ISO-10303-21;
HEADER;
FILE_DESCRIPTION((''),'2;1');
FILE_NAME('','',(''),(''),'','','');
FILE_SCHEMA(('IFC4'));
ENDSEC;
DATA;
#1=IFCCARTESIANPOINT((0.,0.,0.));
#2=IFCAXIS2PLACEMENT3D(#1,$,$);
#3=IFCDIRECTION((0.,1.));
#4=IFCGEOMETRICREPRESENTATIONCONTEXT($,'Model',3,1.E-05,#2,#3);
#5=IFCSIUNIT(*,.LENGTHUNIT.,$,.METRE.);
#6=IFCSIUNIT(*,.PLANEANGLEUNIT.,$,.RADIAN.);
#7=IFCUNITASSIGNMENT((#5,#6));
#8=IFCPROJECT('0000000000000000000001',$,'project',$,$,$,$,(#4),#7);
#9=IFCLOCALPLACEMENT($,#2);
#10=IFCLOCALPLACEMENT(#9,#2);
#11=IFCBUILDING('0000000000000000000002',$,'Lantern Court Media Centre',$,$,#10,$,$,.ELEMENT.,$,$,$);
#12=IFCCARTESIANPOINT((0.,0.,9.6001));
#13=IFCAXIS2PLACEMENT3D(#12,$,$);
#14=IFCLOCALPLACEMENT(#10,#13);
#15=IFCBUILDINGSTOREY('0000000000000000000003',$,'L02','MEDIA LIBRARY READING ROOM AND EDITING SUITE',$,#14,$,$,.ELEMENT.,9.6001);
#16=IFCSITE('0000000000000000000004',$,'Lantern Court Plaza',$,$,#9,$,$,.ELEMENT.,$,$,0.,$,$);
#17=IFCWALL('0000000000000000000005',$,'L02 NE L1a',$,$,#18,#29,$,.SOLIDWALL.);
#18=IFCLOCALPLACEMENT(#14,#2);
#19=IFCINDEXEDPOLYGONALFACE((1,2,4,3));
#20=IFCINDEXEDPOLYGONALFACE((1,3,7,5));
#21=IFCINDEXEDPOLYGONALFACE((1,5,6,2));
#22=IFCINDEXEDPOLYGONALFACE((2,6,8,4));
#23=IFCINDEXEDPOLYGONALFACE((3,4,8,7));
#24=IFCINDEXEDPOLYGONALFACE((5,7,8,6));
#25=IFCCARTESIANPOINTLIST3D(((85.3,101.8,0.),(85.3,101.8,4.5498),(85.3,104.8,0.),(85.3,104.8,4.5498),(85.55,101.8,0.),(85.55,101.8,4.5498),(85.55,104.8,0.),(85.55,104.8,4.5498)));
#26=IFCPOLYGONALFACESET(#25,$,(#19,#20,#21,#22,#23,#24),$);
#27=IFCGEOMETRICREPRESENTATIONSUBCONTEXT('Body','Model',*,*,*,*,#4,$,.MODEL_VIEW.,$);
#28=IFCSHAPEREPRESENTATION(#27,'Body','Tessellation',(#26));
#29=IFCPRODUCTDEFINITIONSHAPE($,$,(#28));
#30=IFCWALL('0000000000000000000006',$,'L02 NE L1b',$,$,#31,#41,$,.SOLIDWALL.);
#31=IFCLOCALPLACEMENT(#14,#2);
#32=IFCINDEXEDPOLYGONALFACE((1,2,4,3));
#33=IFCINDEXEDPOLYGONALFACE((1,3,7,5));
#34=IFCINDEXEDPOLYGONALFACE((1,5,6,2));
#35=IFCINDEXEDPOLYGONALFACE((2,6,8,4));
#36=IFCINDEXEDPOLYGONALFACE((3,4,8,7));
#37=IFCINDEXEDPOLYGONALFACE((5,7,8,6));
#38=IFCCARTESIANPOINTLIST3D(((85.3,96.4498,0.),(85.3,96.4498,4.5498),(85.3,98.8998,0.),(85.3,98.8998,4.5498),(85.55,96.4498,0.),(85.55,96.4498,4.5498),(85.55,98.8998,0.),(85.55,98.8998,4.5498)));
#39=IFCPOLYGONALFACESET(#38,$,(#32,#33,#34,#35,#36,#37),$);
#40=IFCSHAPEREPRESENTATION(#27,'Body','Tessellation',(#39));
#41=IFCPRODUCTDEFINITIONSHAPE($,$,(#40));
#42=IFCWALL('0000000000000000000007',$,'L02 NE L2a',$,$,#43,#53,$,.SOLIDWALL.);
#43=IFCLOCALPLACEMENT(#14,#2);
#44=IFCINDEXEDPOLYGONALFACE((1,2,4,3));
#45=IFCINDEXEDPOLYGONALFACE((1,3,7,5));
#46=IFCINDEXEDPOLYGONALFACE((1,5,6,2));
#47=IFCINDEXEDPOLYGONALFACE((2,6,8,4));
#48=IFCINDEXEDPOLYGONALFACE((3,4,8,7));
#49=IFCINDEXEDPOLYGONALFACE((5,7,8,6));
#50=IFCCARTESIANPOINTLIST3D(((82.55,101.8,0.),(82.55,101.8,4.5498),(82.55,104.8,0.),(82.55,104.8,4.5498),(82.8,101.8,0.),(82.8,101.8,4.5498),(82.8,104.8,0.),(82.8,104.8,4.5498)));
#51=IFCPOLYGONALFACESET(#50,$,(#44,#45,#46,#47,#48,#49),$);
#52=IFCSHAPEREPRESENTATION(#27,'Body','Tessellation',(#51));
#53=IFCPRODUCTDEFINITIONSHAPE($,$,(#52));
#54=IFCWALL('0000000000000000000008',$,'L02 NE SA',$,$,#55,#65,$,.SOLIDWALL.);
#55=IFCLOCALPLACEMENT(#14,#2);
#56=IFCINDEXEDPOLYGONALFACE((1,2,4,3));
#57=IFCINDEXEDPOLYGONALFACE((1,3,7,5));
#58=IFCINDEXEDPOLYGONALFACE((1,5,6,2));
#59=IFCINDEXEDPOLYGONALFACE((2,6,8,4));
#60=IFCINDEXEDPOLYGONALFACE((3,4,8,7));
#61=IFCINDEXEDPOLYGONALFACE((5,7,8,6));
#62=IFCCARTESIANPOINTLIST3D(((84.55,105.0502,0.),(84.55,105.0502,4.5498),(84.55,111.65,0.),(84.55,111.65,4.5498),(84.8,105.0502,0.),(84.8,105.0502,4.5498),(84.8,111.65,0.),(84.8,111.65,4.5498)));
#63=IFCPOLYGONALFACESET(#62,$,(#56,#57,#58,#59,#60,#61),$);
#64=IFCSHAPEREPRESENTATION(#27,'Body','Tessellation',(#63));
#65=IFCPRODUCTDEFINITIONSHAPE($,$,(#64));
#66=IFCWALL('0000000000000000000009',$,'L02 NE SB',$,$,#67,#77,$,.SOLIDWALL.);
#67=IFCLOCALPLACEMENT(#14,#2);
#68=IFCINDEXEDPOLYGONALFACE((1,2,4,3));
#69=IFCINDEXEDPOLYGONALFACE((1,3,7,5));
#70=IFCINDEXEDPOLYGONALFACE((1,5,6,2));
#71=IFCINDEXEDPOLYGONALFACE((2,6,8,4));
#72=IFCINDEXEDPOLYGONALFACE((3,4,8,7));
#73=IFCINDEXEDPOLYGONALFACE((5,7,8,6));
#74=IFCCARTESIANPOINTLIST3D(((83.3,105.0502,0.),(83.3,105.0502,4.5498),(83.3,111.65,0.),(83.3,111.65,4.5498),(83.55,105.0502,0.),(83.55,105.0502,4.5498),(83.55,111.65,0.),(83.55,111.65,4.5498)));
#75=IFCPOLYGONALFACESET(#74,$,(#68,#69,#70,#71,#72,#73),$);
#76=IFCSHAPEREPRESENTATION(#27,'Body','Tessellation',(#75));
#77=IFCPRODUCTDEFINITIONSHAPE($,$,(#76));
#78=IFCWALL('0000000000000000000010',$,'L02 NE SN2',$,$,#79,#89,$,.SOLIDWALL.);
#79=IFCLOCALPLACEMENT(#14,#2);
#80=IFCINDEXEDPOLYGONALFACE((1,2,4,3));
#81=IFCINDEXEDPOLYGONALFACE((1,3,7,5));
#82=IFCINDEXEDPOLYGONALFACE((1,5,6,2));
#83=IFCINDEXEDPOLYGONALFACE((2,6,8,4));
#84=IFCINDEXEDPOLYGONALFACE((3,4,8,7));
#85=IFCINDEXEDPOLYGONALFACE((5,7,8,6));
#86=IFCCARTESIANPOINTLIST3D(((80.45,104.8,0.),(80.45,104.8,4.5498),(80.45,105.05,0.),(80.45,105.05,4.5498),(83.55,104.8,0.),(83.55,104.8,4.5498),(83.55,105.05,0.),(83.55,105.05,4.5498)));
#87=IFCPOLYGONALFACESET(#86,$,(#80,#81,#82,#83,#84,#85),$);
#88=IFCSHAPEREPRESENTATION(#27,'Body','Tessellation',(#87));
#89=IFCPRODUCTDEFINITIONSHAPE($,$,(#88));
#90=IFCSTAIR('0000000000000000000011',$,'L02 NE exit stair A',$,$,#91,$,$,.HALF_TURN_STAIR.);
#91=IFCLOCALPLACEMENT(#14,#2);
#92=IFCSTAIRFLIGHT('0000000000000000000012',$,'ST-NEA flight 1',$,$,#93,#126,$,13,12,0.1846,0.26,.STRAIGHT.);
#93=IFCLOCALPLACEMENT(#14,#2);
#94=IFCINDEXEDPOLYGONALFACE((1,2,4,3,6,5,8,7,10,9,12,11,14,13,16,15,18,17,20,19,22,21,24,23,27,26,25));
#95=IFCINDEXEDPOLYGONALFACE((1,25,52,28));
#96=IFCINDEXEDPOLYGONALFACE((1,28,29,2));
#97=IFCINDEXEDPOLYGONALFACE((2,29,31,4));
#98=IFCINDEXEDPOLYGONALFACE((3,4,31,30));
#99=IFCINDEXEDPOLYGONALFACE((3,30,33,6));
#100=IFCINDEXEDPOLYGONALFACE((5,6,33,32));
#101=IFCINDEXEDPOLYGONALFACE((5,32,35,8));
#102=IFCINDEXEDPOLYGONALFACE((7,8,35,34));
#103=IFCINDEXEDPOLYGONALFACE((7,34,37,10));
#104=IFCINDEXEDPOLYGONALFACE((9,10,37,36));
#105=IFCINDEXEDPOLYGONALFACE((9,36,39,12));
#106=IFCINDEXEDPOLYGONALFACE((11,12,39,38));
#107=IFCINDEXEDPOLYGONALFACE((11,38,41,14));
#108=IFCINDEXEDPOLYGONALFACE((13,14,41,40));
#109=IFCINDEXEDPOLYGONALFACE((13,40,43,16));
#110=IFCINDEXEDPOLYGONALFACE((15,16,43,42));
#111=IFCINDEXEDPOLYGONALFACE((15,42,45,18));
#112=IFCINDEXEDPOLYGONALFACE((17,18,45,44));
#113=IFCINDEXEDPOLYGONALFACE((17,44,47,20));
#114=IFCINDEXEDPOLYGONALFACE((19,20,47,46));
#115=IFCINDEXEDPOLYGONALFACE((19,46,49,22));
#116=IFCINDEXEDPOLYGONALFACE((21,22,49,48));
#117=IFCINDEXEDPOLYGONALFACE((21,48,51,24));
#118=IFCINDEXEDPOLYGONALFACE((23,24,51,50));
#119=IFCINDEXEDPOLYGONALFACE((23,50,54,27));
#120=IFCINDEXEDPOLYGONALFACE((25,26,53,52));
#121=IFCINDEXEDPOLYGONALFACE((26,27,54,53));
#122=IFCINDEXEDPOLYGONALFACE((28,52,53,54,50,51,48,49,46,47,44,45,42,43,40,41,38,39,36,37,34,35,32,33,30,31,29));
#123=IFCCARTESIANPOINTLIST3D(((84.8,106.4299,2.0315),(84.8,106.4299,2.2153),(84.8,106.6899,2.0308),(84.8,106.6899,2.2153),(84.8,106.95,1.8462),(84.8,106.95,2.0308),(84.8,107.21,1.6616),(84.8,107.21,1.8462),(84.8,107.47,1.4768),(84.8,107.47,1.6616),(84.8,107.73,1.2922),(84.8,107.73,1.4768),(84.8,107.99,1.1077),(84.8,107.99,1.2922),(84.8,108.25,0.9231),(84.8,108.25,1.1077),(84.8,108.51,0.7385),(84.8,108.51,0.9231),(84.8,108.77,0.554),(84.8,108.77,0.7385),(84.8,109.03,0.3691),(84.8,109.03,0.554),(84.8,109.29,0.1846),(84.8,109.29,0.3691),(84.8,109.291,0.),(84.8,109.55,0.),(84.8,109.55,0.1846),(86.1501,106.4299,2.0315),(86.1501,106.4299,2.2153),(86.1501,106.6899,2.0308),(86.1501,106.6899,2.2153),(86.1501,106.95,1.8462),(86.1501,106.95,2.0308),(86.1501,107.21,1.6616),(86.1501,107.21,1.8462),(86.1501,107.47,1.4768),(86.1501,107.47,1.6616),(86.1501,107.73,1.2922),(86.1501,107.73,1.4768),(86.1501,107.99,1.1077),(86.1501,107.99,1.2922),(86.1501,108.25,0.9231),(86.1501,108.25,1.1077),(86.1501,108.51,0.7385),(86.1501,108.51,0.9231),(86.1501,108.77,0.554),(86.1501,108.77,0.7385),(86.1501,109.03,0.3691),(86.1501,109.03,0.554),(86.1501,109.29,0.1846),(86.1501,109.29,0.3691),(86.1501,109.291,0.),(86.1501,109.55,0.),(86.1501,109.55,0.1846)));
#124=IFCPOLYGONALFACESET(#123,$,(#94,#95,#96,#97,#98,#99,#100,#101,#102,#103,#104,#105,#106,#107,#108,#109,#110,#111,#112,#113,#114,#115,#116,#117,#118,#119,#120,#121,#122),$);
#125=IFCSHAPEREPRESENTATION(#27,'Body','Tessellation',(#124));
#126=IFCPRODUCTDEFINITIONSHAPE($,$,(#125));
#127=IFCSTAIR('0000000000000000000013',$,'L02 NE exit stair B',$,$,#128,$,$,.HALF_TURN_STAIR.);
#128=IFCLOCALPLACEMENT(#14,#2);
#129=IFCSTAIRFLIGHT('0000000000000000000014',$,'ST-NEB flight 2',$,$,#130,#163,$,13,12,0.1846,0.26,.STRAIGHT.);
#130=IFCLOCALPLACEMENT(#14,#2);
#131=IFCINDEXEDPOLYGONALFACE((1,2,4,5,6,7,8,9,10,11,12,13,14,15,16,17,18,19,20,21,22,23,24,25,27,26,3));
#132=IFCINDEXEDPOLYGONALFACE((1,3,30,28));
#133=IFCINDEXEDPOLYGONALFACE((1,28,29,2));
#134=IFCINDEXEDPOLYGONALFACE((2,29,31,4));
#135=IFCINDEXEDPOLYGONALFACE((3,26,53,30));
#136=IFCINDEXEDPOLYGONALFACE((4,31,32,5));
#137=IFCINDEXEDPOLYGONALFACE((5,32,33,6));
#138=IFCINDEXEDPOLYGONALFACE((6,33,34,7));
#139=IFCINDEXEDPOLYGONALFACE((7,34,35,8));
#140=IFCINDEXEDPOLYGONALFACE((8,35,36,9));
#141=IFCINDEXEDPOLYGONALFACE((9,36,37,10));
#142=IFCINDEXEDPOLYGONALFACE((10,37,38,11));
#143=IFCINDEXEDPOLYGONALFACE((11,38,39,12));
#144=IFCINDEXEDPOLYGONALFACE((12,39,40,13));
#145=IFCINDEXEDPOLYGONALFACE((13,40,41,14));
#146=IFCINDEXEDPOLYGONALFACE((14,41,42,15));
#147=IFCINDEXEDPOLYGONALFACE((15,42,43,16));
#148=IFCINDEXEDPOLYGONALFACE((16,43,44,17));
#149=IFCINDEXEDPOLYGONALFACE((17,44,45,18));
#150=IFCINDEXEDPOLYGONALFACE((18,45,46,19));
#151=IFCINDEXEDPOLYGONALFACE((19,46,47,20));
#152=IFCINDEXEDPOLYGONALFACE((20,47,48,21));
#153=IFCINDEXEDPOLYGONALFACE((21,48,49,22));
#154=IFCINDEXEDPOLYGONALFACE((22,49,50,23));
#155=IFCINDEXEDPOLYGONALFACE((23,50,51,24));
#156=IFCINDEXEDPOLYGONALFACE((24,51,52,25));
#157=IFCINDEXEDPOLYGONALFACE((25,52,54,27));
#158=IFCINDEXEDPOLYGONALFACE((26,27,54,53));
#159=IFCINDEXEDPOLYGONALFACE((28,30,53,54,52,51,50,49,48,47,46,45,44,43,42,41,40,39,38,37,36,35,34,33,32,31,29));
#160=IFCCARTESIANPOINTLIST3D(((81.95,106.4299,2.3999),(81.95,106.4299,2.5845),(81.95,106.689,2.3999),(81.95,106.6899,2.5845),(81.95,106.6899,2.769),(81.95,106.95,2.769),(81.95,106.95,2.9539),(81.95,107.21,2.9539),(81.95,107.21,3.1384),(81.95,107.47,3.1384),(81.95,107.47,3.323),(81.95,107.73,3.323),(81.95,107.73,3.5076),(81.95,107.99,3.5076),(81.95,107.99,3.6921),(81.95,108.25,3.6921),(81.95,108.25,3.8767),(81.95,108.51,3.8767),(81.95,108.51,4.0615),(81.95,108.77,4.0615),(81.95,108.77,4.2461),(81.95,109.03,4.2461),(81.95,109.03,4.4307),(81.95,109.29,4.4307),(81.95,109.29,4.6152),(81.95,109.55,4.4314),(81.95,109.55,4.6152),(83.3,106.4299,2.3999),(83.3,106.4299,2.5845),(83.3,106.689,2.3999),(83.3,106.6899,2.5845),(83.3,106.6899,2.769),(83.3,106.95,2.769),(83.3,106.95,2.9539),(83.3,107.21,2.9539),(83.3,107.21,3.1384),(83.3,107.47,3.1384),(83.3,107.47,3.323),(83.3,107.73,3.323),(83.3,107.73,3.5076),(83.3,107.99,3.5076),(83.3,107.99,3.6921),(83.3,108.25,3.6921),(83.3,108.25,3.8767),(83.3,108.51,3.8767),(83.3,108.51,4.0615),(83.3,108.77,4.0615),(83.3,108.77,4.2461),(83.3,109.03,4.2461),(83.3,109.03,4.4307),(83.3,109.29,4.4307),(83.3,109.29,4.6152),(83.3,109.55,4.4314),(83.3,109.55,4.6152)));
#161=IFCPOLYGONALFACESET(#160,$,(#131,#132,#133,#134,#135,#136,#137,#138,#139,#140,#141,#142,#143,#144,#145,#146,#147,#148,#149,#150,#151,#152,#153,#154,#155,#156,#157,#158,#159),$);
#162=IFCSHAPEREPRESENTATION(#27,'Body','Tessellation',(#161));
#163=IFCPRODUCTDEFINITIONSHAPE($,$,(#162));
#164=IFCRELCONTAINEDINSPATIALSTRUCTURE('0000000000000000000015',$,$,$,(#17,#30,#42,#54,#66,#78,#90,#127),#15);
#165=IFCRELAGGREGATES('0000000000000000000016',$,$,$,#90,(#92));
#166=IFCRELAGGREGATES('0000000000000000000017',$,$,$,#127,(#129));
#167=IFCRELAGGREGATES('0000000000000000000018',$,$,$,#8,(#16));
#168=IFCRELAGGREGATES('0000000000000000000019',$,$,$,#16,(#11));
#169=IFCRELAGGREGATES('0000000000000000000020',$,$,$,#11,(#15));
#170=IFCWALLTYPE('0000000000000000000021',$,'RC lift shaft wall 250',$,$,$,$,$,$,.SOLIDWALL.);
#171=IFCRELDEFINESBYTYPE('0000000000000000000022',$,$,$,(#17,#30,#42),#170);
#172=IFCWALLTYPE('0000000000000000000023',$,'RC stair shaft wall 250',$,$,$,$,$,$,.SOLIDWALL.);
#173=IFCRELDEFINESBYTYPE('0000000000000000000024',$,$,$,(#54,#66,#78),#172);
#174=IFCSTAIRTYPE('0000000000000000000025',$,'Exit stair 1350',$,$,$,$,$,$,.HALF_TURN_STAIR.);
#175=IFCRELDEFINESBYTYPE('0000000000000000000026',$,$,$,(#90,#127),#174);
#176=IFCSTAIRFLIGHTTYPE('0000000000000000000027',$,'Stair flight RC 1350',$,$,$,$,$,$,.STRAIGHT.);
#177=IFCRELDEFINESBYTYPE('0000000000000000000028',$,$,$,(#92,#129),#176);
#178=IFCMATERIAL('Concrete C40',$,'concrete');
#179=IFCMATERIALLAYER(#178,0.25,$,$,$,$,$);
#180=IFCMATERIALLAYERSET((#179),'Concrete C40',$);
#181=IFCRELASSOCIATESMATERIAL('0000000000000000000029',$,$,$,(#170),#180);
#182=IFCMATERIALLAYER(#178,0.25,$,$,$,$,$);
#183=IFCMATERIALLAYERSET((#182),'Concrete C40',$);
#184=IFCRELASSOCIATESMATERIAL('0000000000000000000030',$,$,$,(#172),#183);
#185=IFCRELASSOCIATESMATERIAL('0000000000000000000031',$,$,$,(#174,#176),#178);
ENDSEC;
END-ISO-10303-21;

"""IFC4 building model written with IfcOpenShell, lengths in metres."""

from ifc_helpers import new_model, si_unit, direction, frame, frame_2d, origin, place, context, subcontext, project, spatial, polyline, rectangle, outline, extrude, material, layer, layer_set, type_object, element, aggregate, save


model = new_model("IFC4")

# Units and contexts
model_context = context("Model", 3, precision=1e-05, world=origin(), true_north=direction((0.0, 1.0)))
body_context = subcontext(model_context, "Body", "Model", "MODEL_VIEW")
ifc_project = project(units=[si_unit("LENGTHUNIT", "METRE"), si_unit("PLANEANGLEUNIT", "RADIAN")], contexts=[model_context])

# Site, building, storey
site_placement = place(None, origin())
site = spatial("IfcSite", under=ifc_project, at=site_placement, Name="Lantern Court Plaza", CompositionType="ELEMENT", RefElevation=0.0)
building_placement = place(site_placement, origin())
building = spatial("IfcBuilding", under=site, at=building_placement, Name="Lantern Court Media Centre", CompositionType="ELEMENT")
storey_placement = place(building_placement, frame((0.0, 0.0, 9.6001)))
storey = spatial("IfcBuildingStorey", under=building, at=storey_placement, Name="L02", Description="MEDIA LIBRARY READING ROOM AND EDITING SUITE", CompositionType="ELEMENT", Elevation=9.6001)

# Walls
ifc_material_1 = material(Name="Concrete C40", Category="concrete")
ifc_layer_1 = layer(ifc_material_1, 0.25)
ifc_layer_set_1 = layer_set([ifc_layer_1], Name="Concrete C40")
wall_type_1 = type_object("IfcWallType", Name="RC lift shaft wall 250", PredefinedType="SOLIDWALL", material=ifc_layer_set_1)
wall_1_placement = place(storey_placement, frame((85.425, 104.8, 0.0), z_axis=(0.0, 0.0, 1.0), x_axis=(0.0, -1.0, 0.0)))
element("IfcWall", 1, at=wall_1_placement, inside=storey, type_object=wall_type_1, Name="L02 NE L1a", PredefinedType="SOLIDWALL", context=body_context, shape_type="SweptSolid", body=[
    extrude(rectangle(XDim=3.0, YDim=0.25, at=frame_2d((1.5, 0.0))), origin(), (0.0, 0.0, 1.0), 4.5498),
])
wall_2_placement = place(storey_placement, frame((85.425, 98.8999, 0.0), z_axis=(0.0, 0.0, 1.0), x_axis=(0.0, -1.0, 0.0)))
element("IfcWall", 2, at=wall_2_placement, inside=storey, type_object=wall_type_1, Name="L02 NE L1b", PredefinedType="SOLIDWALL", context=body_context, shape_type="SweptSolid", body=[
    extrude(rectangle(XDim=2.45, YDim=0.25, at=frame_2d((1.2251, 0.0))), origin(), (0.0, 0.0, 1.0), 4.5498),
])
wall_3_placement = place(storey_placement, frame((82.675, 104.8, 0.0), z_axis=(0.0, 0.0, 1.0), x_axis=(0.0, -1.0, 0.0)))
element("IfcWall", 3, at=wall_3_placement, inside=storey, type_object=wall_type_1, Name="L02 NE L2a", PredefinedType="SOLIDWALL", context=body_context, shape_type="SweptSolid", body=[
    extrude(rectangle(XDim=3.0, YDim=0.25, at=frame_2d((1.5, 0.0))), origin(), (0.0, 0.0, 1.0), 4.5498),
])
ifc_layer_2 = layer(ifc_material_1, 0.25)
ifc_layer_set_2 = layer_set([ifc_layer_2], Name="Concrete C40")
wall_type_2 = type_object("IfcWallType", Name="RC stair shaft wall 250", PredefinedType="SOLIDWALL", material=ifc_layer_set_2)
for number, where, z_axis, x_axis, name in (
    (4, (84.675, 111.6499, 0.0), (0.0, 0.0, 1.0), (0.0, -1.0, 0.0), "L02 NE SA"),
    (5, (83.425, 111.6499, 0.0), (0.0, 0.0, 1.0), (0.0, -1.0, 0.0), "L02 NE SB"),
):
    element("IfcWall", number, at=place(storey_placement, frame(where, z_axis=z_axis, x_axis=x_axis)), inside=storey, type_object=wall_type_2, Name=name, PredefinedType="SOLIDWALL", context=body_context, shape_type="SweptSolid", body=[
        extrude(rectangle(XDim=6.5999, YDim=0.25, at=frame_2d((3.2998, 0.0))), origin(), (0.0, 0.0, 1.0), 4.5498),
    ])
wall_4_placement = place(storey_placement, frame((83.55, 104.925, 0.0), z_axis=(0.0, 0.0, 1.0), x_axis=(-1.0, 0.0, 0.0)))
element("IfcWall", 6, at=wall_4_placement, inside=storey, type_object=wall_type_2, Name="L02 NE SN2", PredefinedType="SOLIDWALL", context=body_context, shape_type="SweptSolid", body=[
    extrude(rectangle(XDim=3.1001, YDim=0.25, at=frame_2d((1.55, 0.0))), origin(), (0.0, 0.0, 1.0), 4.5498),
])

# Stairs, stair flights
stair_type = type_object("IfcStairType", Name="Exit stair 1350", PredefinedType="HALF_TURN_STAIR", material=ifc_material_1)
stair_1_placement = place(storey_placement, origin())
stair_1 = element("IfcStair", 7, at=stair_1_placement, inside=storey, type_object=stair_type, Name="L02 NE exit stair A", PredefinedType="HALF_TURN_STAIR")
stair_flight_type = type_object("IfcStairFlightType", Name="Stair flight RC 1350", PredefinedType="STRAIGHT", material=ifc_material_1)
stair_flight_1_placement = place(storey_placement, frame((85.4751, 109.55, 0.0), z_axis=(0.0, 0.0, 1.0), x_axis=(0.0, -1.0, 0.0)))
stair_flight_1 = element("IfcStairFlight", 8, at=stair_flight_1_placement, type_object=stair_flight_type, Name="ST-NEA flight 1", NumberOfRisers=13, NumberOfTreads=12, PredefinedType="STRAIGHT", RiserHeight=0.1846, TreadLength=0.26, context=body_context, shape_type="SweptSolid", body=[
    extrude(outline(polyline([(0.0, 0.0), (0.0, 0.1846), (0.26, 0.1846), (0.26, 0.3691), (0.52, 0.3691), (0.52, 0.554), (0.78, 0.554), (0.78, 0.7385), (1.04, 0.7385), (1.04, 0.9231), (1.3, 0.9231), (1.3, 1.1077), (1.5601, 1.1077), (1.5601, 1.2922), (1.8201, 1.2922), (1.8201, 1.4768), (2.0801, 1.4768), (2.0801, 1.6616), (2.3401, 1.6616), (2.3401, 1.8462), (2.6001, 1.8462), (2.6001, 2.0308), (2.8601, 2.0308), (2.8601, 2.2153), (3.1201, 2.2153), (3.1201, 2.3999), (3.1201, 2.0315), (0.259, 0.0), (0.0, 0.0)])), frame((0.0, 0.675, 0.0), z_axis=(0.0, -1.0, 0.0), x_axis=(1.0, 0.0, 0.0)), (0.0, 0.0, 1.0), 1.3501),
])
aggregate(stair_1, [stair_flight_1])
stair_2_placement = place(storey_placement, origin())
stair_2 = element("IfcStair", 9, at=stair_2_placement, inside=storey, type_object=stair_type, Name="L02 NE exit stair B", PredefinedType="HALF_TURN_STAIR")
stair_flight_2_placement = place(storey_placement, frame((82.625, 106.4299, 2.3999), z_axis=(0.0, 0.0, 1.0), x_axis=(0.0, 1.0, 0.0)))
stair_flight_2 = element("IfcStairFlight", 10, at=stair_flight_2_placement, type_object=stair_flight_type, Name="ST-NEB flight 2", NumberOfRisers=13, NumberOfTreads=12, PredefinedType="STRAIGHT", RiserHeight=0.1846, TreadLength=0.26, context=body_context, shape_type="SweptSolid", body=[
    extrude(outline(polyline([(0.0, 0.0), (0.0, 0.1846), (0.26, 0.1846), (0.26, 0.3691), (0.52, 0.3691), (0.52, 0.554), (0.78, 0.554), (0.78, 0.7385), (1.04, 0.7385), (1.04, 0.9231), (1.3, 0.9231), (1.3, 1.1077), (1.5601, 1.1077), (1.5601, 1.2922), (1.8201, 1.2922), (1.8201, 1.4768), (2.0801, 1.4768), (2.0801, 1.6616), (2.3401, 1.6616), (2.3401, 1.8462), (2.6001, 1.8462), (2.6001, 2.0308), (2.8601, 2.0308), (2.8601, 2.2153), (3.1201, 2.2153), (3.1201, 2.3999), (3.1201, 2.0315), (0.259, 0.0), (0.0, 0.0)])), frame((0.0, 0.675, 0.0), z_axis=(0.0, -1.0, 0.0), x_axis=(1.0, 0.0, 0.0)), (0.0, 0.0, 1.0), 1.3501),
])
aggregate(stair_2, [stair_flight_2])

save(model, "model.ifc")
